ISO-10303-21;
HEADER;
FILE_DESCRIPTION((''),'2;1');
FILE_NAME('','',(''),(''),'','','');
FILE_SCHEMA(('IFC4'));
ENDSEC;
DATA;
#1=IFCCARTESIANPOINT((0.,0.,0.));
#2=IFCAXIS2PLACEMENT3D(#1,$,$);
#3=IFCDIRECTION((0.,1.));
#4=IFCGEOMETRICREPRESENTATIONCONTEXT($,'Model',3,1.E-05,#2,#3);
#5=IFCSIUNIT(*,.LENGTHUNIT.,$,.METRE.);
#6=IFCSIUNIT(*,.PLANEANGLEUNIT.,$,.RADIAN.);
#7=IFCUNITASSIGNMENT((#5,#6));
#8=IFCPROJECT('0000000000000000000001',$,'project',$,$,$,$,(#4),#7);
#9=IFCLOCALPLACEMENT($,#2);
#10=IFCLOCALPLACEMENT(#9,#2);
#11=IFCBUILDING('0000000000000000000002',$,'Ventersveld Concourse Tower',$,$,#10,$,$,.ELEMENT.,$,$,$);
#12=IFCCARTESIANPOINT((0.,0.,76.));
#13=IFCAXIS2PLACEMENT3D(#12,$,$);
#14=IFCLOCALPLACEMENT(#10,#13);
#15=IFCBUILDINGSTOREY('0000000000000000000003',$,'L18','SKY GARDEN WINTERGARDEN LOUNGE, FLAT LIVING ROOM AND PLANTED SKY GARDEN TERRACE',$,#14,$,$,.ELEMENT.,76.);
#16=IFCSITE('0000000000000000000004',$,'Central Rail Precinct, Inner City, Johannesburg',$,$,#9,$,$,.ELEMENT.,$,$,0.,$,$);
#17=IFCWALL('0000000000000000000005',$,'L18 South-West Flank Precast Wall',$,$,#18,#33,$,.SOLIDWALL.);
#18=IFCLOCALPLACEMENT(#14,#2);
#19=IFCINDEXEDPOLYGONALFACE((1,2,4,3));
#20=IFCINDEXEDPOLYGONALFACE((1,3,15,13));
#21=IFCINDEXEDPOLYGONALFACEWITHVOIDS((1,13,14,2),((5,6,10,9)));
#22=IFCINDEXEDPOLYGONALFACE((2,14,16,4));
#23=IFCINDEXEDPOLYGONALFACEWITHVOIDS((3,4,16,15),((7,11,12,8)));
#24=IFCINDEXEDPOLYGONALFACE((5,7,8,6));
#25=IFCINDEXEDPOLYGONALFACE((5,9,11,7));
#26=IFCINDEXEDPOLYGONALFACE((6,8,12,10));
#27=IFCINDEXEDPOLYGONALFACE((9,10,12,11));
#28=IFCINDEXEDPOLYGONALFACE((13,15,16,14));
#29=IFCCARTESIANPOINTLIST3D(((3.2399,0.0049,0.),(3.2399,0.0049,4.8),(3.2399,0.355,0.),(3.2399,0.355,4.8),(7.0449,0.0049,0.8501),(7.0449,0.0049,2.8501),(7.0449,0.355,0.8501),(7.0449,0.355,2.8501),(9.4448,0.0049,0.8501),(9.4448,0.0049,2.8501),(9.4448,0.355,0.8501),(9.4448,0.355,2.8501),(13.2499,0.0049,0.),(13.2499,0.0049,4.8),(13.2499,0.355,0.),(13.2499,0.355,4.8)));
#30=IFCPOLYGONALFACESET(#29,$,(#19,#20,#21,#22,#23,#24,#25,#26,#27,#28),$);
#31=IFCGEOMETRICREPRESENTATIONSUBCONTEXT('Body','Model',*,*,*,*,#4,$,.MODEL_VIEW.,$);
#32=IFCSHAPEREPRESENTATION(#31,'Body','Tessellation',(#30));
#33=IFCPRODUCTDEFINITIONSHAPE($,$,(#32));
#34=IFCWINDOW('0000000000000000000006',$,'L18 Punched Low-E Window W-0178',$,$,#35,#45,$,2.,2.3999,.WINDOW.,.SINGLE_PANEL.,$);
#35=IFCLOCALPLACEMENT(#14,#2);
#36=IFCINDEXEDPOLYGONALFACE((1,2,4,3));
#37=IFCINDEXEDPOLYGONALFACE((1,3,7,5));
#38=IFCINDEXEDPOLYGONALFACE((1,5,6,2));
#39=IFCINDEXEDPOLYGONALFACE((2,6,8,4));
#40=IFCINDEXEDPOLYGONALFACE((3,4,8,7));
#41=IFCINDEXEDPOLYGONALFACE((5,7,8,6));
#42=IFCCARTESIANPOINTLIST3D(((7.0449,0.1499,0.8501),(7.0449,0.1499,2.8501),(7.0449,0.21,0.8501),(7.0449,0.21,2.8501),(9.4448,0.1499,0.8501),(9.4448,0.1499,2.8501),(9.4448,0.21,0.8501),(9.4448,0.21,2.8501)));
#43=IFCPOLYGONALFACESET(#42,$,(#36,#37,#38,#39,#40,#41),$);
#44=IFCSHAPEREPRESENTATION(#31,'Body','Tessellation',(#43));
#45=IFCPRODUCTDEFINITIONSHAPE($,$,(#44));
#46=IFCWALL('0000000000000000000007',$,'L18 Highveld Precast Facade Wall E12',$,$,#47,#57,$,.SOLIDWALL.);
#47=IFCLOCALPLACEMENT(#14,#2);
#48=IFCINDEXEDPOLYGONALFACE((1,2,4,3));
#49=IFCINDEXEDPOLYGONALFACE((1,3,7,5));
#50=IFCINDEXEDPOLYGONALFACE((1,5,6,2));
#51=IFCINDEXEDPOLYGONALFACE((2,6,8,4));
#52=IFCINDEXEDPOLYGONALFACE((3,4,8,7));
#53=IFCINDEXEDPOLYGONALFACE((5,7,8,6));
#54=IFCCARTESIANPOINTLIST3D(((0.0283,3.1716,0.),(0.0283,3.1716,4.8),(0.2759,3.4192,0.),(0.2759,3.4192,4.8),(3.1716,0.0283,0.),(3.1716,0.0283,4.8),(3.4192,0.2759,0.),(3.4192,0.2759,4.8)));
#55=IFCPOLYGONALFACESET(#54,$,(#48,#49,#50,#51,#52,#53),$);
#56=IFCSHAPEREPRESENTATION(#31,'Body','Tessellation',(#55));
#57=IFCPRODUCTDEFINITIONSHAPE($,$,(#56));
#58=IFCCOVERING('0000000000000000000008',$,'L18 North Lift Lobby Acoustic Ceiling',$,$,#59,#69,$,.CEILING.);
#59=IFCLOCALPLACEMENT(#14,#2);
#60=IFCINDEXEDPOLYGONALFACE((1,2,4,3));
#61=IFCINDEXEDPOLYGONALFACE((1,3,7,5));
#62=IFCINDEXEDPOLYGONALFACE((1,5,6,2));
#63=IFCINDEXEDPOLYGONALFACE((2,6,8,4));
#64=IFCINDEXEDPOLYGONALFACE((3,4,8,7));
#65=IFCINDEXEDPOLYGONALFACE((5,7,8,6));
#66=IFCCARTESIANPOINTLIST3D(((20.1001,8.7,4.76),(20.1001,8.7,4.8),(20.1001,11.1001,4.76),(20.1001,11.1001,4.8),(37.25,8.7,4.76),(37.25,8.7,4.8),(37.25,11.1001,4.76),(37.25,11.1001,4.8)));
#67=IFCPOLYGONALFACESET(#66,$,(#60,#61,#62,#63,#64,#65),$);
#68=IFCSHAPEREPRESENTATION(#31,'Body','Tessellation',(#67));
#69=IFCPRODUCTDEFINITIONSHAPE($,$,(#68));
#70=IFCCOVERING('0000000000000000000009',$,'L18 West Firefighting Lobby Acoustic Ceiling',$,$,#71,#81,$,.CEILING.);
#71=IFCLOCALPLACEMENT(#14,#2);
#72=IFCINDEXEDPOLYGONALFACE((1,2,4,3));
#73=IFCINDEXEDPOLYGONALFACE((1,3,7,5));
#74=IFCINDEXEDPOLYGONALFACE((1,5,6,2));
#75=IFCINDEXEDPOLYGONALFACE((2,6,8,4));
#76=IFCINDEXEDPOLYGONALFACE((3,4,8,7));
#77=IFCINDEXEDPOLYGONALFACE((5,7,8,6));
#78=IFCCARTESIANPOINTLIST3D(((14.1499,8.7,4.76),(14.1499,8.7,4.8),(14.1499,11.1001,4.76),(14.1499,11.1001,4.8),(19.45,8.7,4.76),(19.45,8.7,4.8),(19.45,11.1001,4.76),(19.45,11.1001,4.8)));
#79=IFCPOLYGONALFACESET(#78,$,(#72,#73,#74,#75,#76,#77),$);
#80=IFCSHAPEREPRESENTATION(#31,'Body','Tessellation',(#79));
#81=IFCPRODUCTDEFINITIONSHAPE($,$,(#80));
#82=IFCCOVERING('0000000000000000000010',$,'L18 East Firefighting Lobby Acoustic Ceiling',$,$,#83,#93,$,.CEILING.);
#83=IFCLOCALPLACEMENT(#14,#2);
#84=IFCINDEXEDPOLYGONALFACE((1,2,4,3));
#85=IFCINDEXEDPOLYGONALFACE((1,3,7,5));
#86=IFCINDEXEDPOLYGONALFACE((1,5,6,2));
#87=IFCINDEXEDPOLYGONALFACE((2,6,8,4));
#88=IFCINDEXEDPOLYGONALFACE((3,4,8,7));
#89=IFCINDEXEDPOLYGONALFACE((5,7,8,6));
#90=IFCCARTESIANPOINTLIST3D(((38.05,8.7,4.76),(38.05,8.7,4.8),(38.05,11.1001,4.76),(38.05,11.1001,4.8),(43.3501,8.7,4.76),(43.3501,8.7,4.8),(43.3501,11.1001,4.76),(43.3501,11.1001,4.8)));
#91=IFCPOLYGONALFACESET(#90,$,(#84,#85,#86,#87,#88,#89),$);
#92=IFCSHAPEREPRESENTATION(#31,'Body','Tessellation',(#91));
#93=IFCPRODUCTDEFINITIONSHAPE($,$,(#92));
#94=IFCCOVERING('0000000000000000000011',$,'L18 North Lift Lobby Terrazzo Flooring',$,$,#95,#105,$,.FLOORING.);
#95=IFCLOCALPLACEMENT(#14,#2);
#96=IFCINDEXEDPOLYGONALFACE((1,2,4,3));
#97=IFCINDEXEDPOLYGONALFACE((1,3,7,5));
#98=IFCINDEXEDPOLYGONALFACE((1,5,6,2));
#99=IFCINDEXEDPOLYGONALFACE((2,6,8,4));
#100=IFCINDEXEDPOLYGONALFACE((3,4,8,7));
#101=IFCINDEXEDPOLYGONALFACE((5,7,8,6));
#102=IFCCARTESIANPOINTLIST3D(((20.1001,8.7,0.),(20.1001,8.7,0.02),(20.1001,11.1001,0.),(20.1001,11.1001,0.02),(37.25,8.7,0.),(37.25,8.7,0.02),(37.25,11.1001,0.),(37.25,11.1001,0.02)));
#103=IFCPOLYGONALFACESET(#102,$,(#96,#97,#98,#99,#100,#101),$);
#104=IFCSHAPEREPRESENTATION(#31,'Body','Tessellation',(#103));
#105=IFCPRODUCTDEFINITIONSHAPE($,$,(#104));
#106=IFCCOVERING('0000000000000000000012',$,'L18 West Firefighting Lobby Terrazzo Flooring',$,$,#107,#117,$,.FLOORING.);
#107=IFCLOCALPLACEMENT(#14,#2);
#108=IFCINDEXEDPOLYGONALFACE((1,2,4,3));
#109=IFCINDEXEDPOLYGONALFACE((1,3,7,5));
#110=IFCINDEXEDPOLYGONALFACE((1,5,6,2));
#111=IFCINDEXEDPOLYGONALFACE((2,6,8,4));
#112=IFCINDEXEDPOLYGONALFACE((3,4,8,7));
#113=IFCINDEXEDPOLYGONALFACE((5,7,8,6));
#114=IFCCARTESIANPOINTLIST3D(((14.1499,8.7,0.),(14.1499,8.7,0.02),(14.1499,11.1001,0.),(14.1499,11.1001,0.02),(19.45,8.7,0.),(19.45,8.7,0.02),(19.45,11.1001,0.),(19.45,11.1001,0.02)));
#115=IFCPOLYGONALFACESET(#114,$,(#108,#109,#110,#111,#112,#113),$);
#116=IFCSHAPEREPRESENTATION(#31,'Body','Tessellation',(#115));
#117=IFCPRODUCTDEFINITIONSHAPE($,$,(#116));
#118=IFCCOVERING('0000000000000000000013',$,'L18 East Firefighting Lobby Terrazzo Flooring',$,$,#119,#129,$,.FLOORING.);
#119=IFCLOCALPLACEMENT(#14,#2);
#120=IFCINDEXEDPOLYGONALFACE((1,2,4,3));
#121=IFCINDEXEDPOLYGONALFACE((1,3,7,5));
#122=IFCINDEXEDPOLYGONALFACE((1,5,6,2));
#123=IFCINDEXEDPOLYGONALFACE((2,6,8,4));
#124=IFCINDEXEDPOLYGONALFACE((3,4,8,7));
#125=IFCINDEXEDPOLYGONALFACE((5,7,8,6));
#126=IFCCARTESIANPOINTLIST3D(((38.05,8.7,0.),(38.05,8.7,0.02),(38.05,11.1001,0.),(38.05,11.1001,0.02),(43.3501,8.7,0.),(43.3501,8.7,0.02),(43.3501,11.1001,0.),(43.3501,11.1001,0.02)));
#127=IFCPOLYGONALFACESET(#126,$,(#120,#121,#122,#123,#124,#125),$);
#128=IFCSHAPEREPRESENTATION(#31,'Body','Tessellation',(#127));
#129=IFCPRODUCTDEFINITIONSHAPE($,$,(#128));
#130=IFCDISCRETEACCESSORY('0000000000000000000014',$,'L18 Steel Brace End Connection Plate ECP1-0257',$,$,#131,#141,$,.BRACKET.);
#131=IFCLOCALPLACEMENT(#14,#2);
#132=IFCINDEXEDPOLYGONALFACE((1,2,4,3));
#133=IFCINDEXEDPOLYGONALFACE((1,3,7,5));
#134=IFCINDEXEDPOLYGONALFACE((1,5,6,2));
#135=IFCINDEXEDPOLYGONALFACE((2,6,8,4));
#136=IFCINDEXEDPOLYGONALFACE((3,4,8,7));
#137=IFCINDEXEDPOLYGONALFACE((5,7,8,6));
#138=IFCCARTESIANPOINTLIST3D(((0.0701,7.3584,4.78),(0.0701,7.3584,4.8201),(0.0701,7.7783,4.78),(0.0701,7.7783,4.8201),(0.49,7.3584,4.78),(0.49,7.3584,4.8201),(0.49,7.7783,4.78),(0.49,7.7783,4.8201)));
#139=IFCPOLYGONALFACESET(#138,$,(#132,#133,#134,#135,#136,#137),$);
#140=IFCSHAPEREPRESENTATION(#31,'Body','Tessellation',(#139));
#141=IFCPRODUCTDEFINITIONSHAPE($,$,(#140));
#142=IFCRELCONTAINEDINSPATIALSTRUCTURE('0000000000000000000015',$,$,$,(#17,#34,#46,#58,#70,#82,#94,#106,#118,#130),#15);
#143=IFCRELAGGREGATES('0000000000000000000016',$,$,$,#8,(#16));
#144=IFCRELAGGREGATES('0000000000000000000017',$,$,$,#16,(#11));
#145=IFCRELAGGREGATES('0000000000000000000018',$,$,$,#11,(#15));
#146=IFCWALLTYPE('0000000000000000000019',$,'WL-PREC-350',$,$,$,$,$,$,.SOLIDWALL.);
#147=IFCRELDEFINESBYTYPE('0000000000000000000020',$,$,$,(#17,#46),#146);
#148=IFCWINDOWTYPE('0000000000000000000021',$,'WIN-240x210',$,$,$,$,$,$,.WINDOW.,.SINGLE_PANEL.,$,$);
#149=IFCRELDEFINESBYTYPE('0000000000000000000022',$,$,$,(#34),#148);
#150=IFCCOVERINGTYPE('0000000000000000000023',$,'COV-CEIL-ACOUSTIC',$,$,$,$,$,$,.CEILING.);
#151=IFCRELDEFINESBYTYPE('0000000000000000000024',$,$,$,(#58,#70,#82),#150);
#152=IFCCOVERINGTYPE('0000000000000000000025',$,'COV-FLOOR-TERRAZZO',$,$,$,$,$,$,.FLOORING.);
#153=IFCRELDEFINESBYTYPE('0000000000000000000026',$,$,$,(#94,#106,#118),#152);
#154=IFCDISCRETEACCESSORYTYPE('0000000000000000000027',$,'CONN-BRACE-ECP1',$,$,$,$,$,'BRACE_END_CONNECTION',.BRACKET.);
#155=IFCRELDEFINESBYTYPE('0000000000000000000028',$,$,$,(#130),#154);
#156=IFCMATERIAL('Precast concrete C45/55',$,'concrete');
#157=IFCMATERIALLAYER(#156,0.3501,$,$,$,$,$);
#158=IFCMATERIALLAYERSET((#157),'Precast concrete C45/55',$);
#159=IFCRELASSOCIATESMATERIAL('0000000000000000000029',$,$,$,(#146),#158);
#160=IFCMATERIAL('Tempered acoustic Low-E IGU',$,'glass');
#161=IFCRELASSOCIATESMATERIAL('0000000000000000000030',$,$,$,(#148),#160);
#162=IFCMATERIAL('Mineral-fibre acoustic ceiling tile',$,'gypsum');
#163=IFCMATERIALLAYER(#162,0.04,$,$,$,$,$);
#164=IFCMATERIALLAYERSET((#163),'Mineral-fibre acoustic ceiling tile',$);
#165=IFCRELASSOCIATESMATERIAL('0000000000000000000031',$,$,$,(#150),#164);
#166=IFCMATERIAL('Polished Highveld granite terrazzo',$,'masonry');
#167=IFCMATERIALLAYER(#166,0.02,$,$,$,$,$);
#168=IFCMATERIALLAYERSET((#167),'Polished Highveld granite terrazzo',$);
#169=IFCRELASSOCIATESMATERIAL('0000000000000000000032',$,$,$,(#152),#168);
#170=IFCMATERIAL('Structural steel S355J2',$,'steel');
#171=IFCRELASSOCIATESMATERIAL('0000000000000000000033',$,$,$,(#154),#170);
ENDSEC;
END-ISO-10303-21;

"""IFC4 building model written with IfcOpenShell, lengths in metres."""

from ifc_helpers import new_model, si_unit, direction, frame, frame_2d, origin, origin_2d, place, context, subcontext, project, spatial, polyline, rectangle, outline, extrude, material, layer, layer_set, type_object, element, fill, save


model = new_model("IFC4")

# Units and contexts
model_context = context("Model", 3, precision=1e-05, world=origin(), true_north=direction((0.0, 1.0)))
body_context = subcontext(model_context, "Body", "Model", "MODEL_VIEW")
ifc_project = project(units=[si_unit("LENGTHUNIT", "METRE"), si_unit("PLANEANGLEUNIT", "RADIAN")], contexts=[model_context])

# Site, building, storey
site_placement = place(None, origin())
site = spatial("IfcSite", under=ifc_project, at=site_placement, Name="Central Rail Precinct, Inner City, Johannesburg", CompositionType="ELEMENT", RefElevation=0.0)
building_placement = place(site_placement, origin())
building = spatial("IfcBuilding", under=site, at=building_placement, Name="Ventersveld Concourse Tower", CompositionType="ELEMENT")
storey_placement = place(building_placement, frame((0.0, 0.0, 76.0)))
storey = spatial("IfcBuildingStorey", under=building, at=storey_placement, Name="L18", Description="SKY GARDEN WINTERGARDEN LOUNGE, FLAT LIVING ROOM AND PLANTED SKY GARDEN TERRACE", CompositionType="ELEMENT", Elevation=76.0)

# Shared definitions
ifc_material_1 = material(Name="Structural steel S355J2", Category="steel")

# Wall, opening, window
ifc_material_2 = material(Name="Precast concrete C45/55", Category="concrete")
ifc_layer_1 = layer(ifc_material_2, 0.3501)
ifc_layer_set_1 = layer_set([ifc_layer_1], Name="Precast concrete C45/55")
wall_type_1 = type_object("IfcWallType", Name="WL-PREC-350", PredefinedType="SOLIDWALL", material=ifc_layer_set_1)
wall_1_placement = place(storey_placement, frame((3.24, 0.1799, 0.0), z_axis=(0.0, 0.0, 1.0), x_axis=(1.0, 0.0, 0.0)))
wall_1 = element("IfcWall", 1, at=wall_1_placement, inside=storey, type_object=wall_type_1, Name="L18 South-West Flank Precast Wall", PredefinedType="SOLIDWALL", context=body_context, shape_type="SweptSolid", body=[
    extrude(rectangle(XDim=10.01, YDim=0.3501, at=frame_2d((5.0049, 0.0))), origin(), (0.0, 0.0, 1.0), 4.8),
])
opening_placement = place(wall_1_placement, frame((3.8049, 0.0, 0.8501)))
opening = element("IfcOpeningElement", 2, at=opening_placement, cuts=wall_1, PredefinedType="OPENING", context=body_context, shape_type="SweptSolid", body=[
    extrude(rectangle(XDim=2.3999, YDim=2.0, at=frame_2d((1.2, 1.0))), frame((0.0, 0.1851, 0.0), z_axis=(0.0, -1.0, 0.0), x_axis=(1.0, 0.0, 0.0)), (0.0, 0.0, 1.0), 0.3701),
])
ifc_material_3 = material(Name="Tempered acoustic Low-E IGU", Category="glass")
window_type = type_object("IfcWindowType", Name="WIN-240x210", PartitioningType="SINGLE_PANEL", PredefinedType="WINDOW", material=ifc_material_3)
window_placement = place(opening_placement, origin())
window = element("IfcWindow", 3, at=window_placement, inside=storey, type_object=window_type, Name="L18 Punched Low-E Window W-0178", OverallHeight=2.0, OverallWidth=2.3999, PartitioningType="SINGLE_PANEL", PredefinedType="WINDOW", context=body_context, shape_type="SweptSolid", body=[
    extrude(rectangle(XDim=2.3999, YDim=2.0, at=frame_2d((1.2, 1.0))), frame((0.0, 0.03, 0.0), z_axis=(0.0, -1.0, 0.0), x_axis=(1.0, 0.0, 0.0)), (0.0, 0.0, 1.0), 0.0601),
])
fill(opening, window)

# Wall
wall_2_placement = place(storey_placement, frame((0.1521, 3.2954, 0.0), z_axis=(0.0, 0.0, 1.0), x_axis=(0.707107, -0.707107, 0.0)))
element("IfcWall", 4, at=wall_2_placement, inside=storey, type_object=wall_type_1, Name="L18 Highveld Precast Facade Wall E12", PredefinedType="SOLIDWALL", context=body_context, shape_type="SweptSolid", body=[
    extrude(rectangle(XDim=4.4453, YDim=0.3501, at=frame_2d((2.2227, 0.0))), origin(), (0.0, 0.0, 1.0), 4.8),
])

# Coverings
ifc_material_4 = material(Name="Mineral-fibre acoustic ceiling tile", Category="gypsum")
ifc_layer_2 = layer(ifc_material_4, 0.04)
ifc_layer_set_2 = layer_set([ifc_layer_2], Name="Mineral-fibre acoustic ceiling tile")
covering_type_1 = type_object("IfcCoveringType", Name="COV-CEIL-ACOUSTIC", PredefinedType="CEILING", material=ifc_layer_set_2)
covering_1_placement = place(storey_placement, frame((0.0, 0.0, 4.76)))
element("IfcCovering", 5, at=covering_1_placement, inside=storey, type_object=covering_type_1, Name="L18 North Lift Lobby Acoustic Ceiling", PredefinedType="CEILING", context=body_context, shape_type="SweptSolid", body=[
    extrude(outline(polyline([(20.1001, 8.7), (37.25, 8.7), (37.25, 11.1001), (20.1001, 11.1001), (20.1001, 8.7)])), origin(), (0.0, 0.0, 1.0), 0.04),
])
covering_2_placement = place(storey_placement, frame((0.0, 0.0, 4.76)))
element("IfcCovering", 6, at=covering_2_placement, inside=storey, type_object=covering_type_1, Name="L18 West Firefighting Lobby Acoustic Ceiling", PredefinedType="CEILING", context=body_context, shape_type="SweptSolid", body=[
    extrude(outline(polyline([(14.1499, 8.7), (19.45, 8.7), (19.45, 11.1001), (14.1499, 11.1001), (14.1499, 8.7)])), origin(), (0.0, 0.0, 1.0), 0.04),
])
covering_3_placement = place(storey_placement, frame((0.0, 0.0, 4.76)))
element("IfcCovering", 7, at=covering_3_placement, inside=storey, type_object=covering_type_1, Name="L18 East Firefighting Lobby Acoustic Ceiling", PredefinedType="CEILING", context=body_context, shape_type="SweptSolid", body=[
    extrude(outline(polyline([(38.05, 8.7), (43.3501, 8.7), (43.3501, 11.1001), (38.05, 11.1001), (38.05, 8.7)])), origin(), (0.0, 0.0, 1.0), 0.04),
])
ifc_material_5 = material(Name="Polished Highveld granite terrazzo", Category="masonry")
ifc_layer_3 = layer(ifc_material_5, 0.02)
ifc_layer_set_3 = layer_set([ifc_layer_3], Name="Polished Highveld granite terrazzo")
covering_type_2 = type_object("IfcCoveringType", Name="COV-FLOOR-TERRAZZO", PredefinedType="FLOORING", material=ifc_layer_set_3)
covering_4_placement = place(storey_placement, origin())
element("IfcCovering", 8, at=covering_4_placement, inside=storey, type_object=covering_type_2, Name="L18 North Lift Lobby Terrazzo Flooring", PredefinedType="FLOORING", context=body_context, shape_type="SweptSolid", body=[
    extrude(outline(polyline([(20.1001, 8.7), (37.25, 8.7), (37.25, 11.1001), (20.1001, 11.1001), (20.1001, 8.7)])), origin(), (0.0, 0.0, 1.0), 0.02),
])
covering_5_placement = place(storey_placement, origin())
element("IfcCovering", 9, at=covering_5_placement, inside=storey, type_object=covering_type_2, Name="L18 West Firefighting Lobby Terrazzo Flooring", PredefinedType="FLOORING", context=body_context, shape_type="SweptSolid", body=[
    extrude(outline(polyline([(14.1499, 8.7), (19.45, 8.7), (19.45, 11.1001), (14.1499, 11.1001), (14.1499, 8.7)])), origin(), (0.0, 0.0, 1.0), 0.02),
])
covering_6_placement = place(storey_placement, origin())
element("IfcCovering", 10, at=covering_6_placement, inside=storey, type_object=covering_type_2, Name="L18 East Firefighting Lobby Terrazzo Flooring", PredefinedType="FLOORING", context=body_context, shape_type="SweptSolid", body=[
    extrude(outline(polyline([(38.05, 8.7), (43.3501, 8.7), (43.3501, 11.1001), (38.05, 11.1001), (38.05, 8.7)])), origin(), (0.0, 0.0, 1.0), 0.02),
])

# Discrete accessory
discrete_accessory_type = type_object("IfcDiscreteAccessoryType", Name="CONN-BRACE-ECP1", ElementType="BRACE_END_CONNECTION", PredefinedType="BRACKET", material=ifc_material_1)
discrete_accessory_placement = place(storey_placement, frame((0.28, 7.5684, 4.78), z_axis=(0.0, 0.0, 1.0), x_axis=(1.0, 0.0, 0.0)))
element("IfcDiscreteAccessory", 11, at=discrete_accessory_placement, inside=storey, type_object=discrete_accessory_type, Name="L18 Steel Brace End Connection Plate ECP1-0257", PredefinedType="BRACKET", context=body_context, shape_type="SweptSolid", body=[
    extrude(rectangle(XDim=0.4199, YDim=0.4199, at=origin_2d()), origin(), (0.0, 0.0, 1.0), 0.04),
])

save(model, "model.ifc")
